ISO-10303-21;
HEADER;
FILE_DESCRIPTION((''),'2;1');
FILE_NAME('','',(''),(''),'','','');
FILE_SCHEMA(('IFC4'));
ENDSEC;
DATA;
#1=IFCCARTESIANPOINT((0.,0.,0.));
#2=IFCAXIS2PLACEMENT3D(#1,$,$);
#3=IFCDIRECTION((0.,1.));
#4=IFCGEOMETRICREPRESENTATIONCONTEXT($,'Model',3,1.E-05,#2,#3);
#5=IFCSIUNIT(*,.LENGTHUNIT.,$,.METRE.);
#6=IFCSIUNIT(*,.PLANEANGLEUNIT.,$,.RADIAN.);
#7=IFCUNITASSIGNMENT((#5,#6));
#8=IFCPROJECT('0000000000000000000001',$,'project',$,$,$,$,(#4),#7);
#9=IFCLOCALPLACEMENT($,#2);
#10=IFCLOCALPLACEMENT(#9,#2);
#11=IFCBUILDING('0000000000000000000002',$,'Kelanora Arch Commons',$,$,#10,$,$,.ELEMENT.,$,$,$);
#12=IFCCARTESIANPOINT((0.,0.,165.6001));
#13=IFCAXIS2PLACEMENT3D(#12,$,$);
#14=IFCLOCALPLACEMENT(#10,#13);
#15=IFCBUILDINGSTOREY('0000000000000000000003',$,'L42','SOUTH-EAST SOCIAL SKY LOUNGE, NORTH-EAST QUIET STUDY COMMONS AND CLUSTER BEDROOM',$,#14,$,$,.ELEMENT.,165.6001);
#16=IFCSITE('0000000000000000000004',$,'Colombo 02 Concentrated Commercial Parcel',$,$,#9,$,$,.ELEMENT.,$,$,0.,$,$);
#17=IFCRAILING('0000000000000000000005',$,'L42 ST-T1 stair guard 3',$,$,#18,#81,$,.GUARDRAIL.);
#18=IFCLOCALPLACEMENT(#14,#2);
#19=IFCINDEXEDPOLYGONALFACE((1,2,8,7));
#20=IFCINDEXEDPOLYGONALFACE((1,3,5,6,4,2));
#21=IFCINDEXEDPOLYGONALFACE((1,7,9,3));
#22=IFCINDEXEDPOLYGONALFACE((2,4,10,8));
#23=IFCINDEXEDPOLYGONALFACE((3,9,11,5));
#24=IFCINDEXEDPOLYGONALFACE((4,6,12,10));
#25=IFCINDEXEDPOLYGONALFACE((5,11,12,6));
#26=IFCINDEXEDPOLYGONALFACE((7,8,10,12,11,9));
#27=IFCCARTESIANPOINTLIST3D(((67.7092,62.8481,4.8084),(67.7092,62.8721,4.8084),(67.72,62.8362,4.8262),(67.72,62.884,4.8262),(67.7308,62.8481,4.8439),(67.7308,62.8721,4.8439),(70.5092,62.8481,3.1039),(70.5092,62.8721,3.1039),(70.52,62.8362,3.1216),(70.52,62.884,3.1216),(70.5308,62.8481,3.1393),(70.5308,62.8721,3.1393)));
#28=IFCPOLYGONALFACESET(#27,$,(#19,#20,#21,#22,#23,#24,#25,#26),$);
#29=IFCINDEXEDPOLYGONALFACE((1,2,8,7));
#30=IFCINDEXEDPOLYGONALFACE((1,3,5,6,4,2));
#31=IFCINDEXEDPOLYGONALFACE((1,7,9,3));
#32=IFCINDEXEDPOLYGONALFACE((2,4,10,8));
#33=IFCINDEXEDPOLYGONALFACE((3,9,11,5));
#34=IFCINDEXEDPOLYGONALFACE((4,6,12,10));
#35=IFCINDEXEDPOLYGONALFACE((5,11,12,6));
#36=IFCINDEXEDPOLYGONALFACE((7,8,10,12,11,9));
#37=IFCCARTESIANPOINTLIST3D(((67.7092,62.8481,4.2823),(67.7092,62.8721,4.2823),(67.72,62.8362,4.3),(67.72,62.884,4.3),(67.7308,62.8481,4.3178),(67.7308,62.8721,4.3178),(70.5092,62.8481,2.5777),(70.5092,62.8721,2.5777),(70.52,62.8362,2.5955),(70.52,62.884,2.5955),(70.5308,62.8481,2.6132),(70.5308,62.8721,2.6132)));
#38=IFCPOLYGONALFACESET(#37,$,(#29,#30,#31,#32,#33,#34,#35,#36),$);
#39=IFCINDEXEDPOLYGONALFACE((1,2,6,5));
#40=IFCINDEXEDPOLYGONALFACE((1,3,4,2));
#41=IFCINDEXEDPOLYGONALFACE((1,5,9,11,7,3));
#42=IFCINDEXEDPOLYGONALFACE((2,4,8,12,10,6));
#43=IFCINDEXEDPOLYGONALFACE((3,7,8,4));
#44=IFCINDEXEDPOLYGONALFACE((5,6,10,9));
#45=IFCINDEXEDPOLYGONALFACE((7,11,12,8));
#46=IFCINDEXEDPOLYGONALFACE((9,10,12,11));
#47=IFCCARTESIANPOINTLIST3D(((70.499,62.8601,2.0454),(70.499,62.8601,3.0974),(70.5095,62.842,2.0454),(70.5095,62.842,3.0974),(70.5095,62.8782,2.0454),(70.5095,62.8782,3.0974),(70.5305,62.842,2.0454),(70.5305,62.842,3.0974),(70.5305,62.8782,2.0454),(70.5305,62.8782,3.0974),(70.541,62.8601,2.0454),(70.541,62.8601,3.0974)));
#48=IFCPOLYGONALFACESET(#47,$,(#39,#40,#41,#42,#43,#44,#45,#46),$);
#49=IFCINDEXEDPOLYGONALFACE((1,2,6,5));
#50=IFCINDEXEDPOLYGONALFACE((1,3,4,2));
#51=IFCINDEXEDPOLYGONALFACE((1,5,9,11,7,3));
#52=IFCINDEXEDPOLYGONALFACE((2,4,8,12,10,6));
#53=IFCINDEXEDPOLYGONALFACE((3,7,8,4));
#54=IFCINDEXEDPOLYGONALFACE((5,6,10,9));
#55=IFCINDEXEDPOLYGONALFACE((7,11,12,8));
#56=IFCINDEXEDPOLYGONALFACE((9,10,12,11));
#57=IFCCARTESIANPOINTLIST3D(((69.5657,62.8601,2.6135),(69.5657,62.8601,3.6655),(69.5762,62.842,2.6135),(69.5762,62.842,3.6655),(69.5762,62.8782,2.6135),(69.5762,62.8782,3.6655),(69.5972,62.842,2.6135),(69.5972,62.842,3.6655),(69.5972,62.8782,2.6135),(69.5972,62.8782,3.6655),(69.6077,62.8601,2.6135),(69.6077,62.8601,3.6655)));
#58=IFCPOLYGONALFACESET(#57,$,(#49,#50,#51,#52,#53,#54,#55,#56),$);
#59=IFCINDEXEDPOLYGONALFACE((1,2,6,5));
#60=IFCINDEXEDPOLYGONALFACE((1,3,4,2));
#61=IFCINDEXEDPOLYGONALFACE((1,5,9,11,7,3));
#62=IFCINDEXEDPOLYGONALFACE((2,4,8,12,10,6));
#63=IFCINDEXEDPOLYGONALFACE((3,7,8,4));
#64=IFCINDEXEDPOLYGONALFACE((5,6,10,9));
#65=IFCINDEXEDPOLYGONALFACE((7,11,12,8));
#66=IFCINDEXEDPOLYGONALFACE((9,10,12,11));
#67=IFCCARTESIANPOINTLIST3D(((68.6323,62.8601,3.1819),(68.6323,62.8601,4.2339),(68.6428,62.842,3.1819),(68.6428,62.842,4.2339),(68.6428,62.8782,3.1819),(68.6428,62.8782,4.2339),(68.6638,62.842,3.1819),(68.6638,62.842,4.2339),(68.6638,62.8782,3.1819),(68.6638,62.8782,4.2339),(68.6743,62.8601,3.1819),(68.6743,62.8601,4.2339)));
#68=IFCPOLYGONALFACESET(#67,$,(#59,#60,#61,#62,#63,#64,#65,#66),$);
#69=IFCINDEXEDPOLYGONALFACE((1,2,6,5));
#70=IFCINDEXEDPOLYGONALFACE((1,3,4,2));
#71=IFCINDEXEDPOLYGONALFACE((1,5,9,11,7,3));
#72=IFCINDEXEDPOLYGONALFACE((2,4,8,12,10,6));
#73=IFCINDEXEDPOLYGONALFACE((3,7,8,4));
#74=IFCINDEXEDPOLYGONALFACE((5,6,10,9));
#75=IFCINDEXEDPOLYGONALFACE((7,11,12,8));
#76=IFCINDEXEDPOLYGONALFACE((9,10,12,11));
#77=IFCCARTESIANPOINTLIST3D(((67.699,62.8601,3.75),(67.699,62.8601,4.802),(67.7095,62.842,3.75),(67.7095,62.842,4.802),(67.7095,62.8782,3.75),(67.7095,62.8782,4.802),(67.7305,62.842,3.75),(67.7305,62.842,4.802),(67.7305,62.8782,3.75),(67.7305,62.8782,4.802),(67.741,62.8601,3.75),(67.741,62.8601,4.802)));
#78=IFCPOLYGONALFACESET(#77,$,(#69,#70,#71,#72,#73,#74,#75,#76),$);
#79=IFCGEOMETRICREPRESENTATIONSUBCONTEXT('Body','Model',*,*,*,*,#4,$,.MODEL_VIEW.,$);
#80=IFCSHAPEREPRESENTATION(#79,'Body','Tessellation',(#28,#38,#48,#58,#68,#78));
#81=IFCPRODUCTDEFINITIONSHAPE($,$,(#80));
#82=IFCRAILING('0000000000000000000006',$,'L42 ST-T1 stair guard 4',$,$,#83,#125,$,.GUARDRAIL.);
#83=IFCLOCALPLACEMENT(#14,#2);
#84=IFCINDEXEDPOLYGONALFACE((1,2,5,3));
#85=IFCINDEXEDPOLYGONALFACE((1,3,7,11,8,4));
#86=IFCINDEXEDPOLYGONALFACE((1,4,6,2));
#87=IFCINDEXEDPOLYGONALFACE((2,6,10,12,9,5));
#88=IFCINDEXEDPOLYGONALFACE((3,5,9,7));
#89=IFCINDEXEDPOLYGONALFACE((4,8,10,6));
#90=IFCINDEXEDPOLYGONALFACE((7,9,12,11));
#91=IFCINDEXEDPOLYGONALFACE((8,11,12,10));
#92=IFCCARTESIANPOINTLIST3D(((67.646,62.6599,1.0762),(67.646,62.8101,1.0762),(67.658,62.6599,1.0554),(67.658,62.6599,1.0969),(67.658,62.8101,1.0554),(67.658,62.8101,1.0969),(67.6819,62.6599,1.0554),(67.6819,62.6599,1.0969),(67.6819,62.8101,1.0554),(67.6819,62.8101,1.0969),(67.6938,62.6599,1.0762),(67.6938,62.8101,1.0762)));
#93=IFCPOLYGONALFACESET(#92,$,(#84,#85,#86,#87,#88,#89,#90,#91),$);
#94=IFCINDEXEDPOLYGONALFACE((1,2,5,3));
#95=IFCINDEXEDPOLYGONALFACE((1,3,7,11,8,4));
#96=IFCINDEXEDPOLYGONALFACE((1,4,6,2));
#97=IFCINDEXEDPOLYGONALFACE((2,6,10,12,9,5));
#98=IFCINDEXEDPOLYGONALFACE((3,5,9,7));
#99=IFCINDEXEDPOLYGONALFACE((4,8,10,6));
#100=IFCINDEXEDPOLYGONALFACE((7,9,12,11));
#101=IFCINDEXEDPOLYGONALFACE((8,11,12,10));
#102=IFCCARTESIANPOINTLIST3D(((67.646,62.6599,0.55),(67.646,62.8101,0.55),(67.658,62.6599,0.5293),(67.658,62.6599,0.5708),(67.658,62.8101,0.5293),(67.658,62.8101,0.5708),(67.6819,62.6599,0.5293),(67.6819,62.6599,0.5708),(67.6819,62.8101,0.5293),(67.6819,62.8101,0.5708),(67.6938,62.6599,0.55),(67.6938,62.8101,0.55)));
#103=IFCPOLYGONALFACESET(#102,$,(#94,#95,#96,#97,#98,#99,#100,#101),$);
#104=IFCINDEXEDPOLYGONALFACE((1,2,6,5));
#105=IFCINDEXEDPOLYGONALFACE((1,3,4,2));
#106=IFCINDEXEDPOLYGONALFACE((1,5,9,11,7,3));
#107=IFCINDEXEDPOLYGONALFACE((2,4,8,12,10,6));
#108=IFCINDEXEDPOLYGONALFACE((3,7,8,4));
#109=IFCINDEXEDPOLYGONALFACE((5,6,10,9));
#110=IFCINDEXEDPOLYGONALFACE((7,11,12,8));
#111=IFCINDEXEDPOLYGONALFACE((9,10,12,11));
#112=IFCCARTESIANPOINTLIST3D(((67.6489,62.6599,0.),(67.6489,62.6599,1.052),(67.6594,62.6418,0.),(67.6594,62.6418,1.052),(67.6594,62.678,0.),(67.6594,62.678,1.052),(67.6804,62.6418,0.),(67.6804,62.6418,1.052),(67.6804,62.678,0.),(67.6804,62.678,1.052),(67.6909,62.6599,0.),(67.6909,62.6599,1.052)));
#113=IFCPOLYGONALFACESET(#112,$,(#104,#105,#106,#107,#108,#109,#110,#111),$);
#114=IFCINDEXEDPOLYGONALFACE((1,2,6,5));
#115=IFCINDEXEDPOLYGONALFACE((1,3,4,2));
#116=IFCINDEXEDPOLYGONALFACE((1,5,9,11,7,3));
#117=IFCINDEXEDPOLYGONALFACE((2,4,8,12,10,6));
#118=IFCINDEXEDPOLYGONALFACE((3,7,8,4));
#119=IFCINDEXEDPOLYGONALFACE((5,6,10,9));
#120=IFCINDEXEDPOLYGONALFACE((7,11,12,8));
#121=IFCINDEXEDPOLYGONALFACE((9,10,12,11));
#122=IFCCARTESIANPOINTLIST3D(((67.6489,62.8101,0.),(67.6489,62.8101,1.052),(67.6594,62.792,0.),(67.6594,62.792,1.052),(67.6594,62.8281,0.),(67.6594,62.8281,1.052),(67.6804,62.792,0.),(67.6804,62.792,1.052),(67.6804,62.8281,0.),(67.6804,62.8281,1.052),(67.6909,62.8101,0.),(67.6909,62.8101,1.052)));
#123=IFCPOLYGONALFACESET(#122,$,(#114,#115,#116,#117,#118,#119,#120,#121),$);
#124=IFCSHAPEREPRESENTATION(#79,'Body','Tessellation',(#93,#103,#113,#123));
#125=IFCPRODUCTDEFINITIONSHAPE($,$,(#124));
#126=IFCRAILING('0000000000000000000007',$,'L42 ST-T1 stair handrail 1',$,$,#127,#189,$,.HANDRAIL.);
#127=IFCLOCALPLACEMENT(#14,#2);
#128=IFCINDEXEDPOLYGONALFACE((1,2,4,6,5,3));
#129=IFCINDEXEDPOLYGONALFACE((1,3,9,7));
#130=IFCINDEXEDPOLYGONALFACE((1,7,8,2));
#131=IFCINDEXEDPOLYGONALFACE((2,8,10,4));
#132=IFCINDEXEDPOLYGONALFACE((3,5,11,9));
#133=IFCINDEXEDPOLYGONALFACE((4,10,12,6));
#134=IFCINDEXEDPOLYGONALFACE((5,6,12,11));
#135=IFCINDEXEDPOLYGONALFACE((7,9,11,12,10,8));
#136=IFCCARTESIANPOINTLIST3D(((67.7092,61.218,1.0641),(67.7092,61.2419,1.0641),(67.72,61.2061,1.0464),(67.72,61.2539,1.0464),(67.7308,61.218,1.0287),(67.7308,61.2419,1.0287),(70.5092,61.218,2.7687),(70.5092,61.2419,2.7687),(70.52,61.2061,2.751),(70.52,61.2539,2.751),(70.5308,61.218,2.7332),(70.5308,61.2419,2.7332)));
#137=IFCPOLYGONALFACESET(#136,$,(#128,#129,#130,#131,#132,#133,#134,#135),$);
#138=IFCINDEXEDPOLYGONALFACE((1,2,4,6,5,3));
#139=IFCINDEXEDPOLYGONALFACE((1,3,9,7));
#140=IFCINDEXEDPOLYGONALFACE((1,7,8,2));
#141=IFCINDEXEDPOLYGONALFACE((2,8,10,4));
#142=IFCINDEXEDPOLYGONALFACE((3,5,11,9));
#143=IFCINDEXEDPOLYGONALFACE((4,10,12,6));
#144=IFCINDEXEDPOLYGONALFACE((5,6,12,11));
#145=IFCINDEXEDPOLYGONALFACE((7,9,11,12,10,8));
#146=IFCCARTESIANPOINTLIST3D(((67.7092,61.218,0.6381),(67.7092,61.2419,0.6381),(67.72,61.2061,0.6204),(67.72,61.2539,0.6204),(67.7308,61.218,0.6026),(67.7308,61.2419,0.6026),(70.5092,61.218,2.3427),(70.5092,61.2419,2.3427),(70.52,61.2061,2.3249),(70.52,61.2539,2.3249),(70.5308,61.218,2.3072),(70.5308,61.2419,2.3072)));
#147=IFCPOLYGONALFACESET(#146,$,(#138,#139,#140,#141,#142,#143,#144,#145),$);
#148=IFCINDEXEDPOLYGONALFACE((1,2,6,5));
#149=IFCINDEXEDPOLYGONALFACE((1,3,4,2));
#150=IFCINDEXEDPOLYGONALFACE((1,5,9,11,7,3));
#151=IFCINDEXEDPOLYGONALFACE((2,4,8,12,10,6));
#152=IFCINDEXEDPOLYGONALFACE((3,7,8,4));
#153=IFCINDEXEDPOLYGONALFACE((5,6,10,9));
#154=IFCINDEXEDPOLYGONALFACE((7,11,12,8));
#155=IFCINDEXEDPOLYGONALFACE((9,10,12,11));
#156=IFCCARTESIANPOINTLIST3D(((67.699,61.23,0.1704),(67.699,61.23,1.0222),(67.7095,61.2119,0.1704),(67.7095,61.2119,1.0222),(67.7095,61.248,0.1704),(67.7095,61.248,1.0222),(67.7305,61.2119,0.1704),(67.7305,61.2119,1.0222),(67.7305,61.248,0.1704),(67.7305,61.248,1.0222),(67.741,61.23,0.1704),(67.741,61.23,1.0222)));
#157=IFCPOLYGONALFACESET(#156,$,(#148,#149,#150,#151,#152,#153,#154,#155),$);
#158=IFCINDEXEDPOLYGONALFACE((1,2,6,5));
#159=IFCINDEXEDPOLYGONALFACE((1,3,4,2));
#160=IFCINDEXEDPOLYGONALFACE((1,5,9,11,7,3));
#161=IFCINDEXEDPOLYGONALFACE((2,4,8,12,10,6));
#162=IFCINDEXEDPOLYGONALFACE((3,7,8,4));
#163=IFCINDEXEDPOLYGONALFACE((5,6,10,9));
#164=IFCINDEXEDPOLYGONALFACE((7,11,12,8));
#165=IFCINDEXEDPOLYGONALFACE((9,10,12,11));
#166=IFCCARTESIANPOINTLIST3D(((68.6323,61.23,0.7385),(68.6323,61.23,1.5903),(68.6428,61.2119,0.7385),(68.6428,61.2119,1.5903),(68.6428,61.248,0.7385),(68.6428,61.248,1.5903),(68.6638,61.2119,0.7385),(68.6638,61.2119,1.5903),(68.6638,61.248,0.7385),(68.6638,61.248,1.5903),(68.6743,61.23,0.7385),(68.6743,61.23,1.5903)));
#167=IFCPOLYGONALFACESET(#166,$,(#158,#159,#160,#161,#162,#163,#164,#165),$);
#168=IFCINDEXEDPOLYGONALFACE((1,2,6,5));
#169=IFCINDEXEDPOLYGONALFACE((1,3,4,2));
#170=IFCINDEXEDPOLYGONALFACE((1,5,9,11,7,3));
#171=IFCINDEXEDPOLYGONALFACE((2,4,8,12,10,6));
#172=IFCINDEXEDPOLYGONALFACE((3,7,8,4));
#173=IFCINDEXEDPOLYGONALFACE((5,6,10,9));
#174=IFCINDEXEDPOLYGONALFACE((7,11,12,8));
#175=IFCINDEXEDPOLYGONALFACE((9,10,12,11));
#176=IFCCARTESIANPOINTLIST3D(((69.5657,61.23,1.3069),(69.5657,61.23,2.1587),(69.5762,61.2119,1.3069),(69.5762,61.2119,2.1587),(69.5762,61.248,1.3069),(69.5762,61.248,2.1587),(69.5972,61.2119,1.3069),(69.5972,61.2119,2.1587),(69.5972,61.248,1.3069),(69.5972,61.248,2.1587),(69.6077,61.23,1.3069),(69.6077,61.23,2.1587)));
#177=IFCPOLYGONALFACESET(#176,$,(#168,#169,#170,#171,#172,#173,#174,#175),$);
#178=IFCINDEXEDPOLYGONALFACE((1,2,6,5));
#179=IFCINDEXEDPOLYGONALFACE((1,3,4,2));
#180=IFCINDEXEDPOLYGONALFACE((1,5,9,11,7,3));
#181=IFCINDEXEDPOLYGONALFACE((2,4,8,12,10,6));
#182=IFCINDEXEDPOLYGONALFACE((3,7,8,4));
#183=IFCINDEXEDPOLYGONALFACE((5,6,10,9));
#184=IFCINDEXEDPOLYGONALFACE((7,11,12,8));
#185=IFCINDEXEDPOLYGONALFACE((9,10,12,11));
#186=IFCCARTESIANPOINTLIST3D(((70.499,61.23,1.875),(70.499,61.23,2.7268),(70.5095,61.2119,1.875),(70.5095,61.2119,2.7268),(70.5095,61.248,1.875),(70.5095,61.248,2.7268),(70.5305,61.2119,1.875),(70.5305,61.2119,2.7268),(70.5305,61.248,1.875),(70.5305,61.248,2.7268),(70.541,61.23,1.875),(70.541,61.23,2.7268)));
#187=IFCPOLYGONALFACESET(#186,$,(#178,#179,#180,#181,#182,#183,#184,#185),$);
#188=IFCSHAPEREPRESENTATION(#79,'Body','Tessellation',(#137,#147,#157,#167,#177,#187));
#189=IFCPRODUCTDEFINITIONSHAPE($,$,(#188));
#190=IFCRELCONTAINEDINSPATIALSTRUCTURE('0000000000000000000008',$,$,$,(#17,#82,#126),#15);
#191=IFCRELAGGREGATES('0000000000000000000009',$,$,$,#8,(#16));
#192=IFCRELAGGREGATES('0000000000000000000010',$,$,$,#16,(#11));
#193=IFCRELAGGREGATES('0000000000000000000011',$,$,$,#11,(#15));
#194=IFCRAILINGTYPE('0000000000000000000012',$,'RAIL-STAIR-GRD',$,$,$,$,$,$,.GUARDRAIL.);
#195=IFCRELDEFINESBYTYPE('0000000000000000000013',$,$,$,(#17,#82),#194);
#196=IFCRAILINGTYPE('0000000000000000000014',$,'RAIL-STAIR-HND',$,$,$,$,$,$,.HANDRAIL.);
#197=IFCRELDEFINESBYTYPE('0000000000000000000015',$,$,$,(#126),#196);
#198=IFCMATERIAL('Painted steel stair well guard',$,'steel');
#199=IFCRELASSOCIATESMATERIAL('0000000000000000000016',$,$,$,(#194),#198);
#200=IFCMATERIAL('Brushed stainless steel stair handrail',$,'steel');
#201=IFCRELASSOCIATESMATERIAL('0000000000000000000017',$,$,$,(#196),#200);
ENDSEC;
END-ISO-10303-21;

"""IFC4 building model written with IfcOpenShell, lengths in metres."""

from ifc_helpers import new_model, si_unit, direction, frame, origin, place, context, subcontext, project, spatial, polyline, outline, extrude, material, type_object, element, save


model = new_model("IFC4")

# Units and contexts
model_context = context("Model", 3, precision=1e-05, world=origin(), true_north=direction((0.0, 1.0)))
body_context = subcontext(model_context, "Body", "Model", "MODEL_VIEW")
ifc_project = project(units=[si_unit("LENGTHUNIT", "METRE"), si_unit("PLANEANGLEUNIT", "RADIAN")], contexts=[model_context])

# Site, building, storey
site_placement = place(None, origin())
site = spatial("IfcSite", under=ifc_project, at=site_placement, Name="Colombo 02 Concentrated Commercial Parcel", CompositionType="ELEMENT", RefElevation=0.0)
building_placement = place(site_placement, origin())
building = spatial("IfcBuilding", under=site, at=building_placement, Name="Kelanora Arch Commons", CompositionType="ELEMENT")
storey_placement = place(building_placement, frame((0.0, 0.0, 165.6001)))
storey = spatial("IfcBuildingStorey", under=building, at=storey_placement, Name="L42", Description="SOUTH-EAST SOCIAL SKY LOUNGE, NORTH-EAST QUIET STUDY COMMONS AND CLUSTER BEDROOM", CompositionType="ELEMENT", Elevation=165.6001)

# Railings
ifc_material_1 = material(Name="Painted steel stair well guard", Category="steel")
railing_type_1 = type_object("IfcRailingType", Name="RAIL-STAIR-GRD", PredefinedType="GUARDRAIL", material=ifc_material_1)
railing_1_placement = place(storey_placement, frame((70.52, 62.8601, 2.0454)))
element("IfcRailing", 1, at=railing_1_placement, inside=storey, type_object=railing_type_1, Name="L42 ST-T1 stair guard 3", PredefinedType="GUARDRAIL", context=body_context, shape_type="SweptSolid", body=[
    extrude(outline(polyline([(0.0239, 0.0), (0.012, 0.0208), (-0.012, 0.0208), (-0.0239, 0.0), (-0.012, -0.0208), (0.012, -0.0208), (0.0239, 0.0)])), frame((0.0, 0.0, 1.0762), z_axis=(-0.85417, 0.0, 0.519994), x_axis=(0.0, -1.0, 0.0)), (0.0, 0.0, 1.0), 3.2781),
    extrude(outline(polyline([(0.0239, 0.0), (0.012, 0.0208), (-0.012, 0.0208), (-0.0239, 0.0), (-0.012, -0.0208), (0.012, -0.0208), (0.0239, 0.0)])), frame((0.0, 0.0, 0.55), z_axis=(-0.85417, 0.0, 0.519994), x_axis=(0.0, -1.0, 0.0)), (0.0, 0.0, 1.0), 3.2781),
    extrude(outline(polyline([(0.021, 0.0), (0.0105, 0.0181), (-0.0105, 0.0181), (-0.021, 0.0), (-0.0105, -0.0181), (0.0105, -0.0181), (0.021, 0.0)])), origin(), (0.0, 0.0, 1.0), 1.052),
    extrude(outline(polyline([(0.021, 0.0), (0.0105, 0.0181), (-0.0105, 0.0181), (-0.021, 0.0), (-0.0105, -0.0181), (0.0105, -0.0181), (0.021, 0.0)])), frame((-0.9333, 0.0, 0.5681)), (0.0, 0.0, 1.0), 1.052),
    extrude(outline(polyline([(0.021, 0.0), (0.0105, 0.0181), (-0.0105, 0.0181), (-0.021, 0.0), (-0.0105, -0.0181), (0.0105, -0.0181), (0.021, 0.0)])), frame((-1.8667, 0.0, 1.1365)), (0.0, 0.0, 1.0), 1.052),
    extrude(outline(polyline([(0.021, 0.0), (0.0105, 0.0181), (-0.0105, 0.0181), (-0.021, 0.0), (-0.0105, -0.0181), (0.0105, -0.0181), (0.021, 0.0)])), frame((-2.8, 0.0, 1.7046)), (0.0, 0.0, 1.0), 1.052),
])
railing_2_placement = place(storey_placement, frame((67.6699, 62.6599, 0.0)))
element("IfcRailing", 2, at=railing_2_placement, inside=storey, type_object=railing_type_1, Name="L42 ST-T1 stair guard 4", PredefinedType="GUARDRAIL", context=body_context, shape_type="SweptSolid", body=[
    extrude(outline(polyline([(0.0239, 0.0), (0.012, 0.0208), (-0.012, 0.0208), (-0.0239, 0.0), (-0.012, -0.0208), (0.012, -0.0208), (0.0239, 0.0)])), frame((0.0, 0.0, 1.0762), z_axis=(0.0, 1.0, 0.0), x_axis=(-1.0, 0.0, 0.0)), (0.0, 0.0, 1.0), 0.1501),
    extrude(outline(polyline([(0.0239, 0.0), (0.012, 0.0208), (-0.012, 0.0208), (-0.0239, 0.0), (-0.012, -0.0208), (0.012, -0.0208), (0.0239, 0.0)])), frame((0.0, 0.0, 0.55), z_axis=(0.0, 1.0, 0.0), x_axis=(-1.0, 0.0, 0.0)), (0.0, 0.0, 1.0), 0.1501),
    extrude(outline(polyline([(0.021, 0.0), (0.0105, 0.0181), (-0.0105, 0.0181), (-0.021, 0.0), (-0.0105, -0.0181), (0.0105, -0.0181), (0.021, 0.0)])), origin(), (0.0, 0.0, 1.0), 1.052),
    extrude(outline(polyline([(0.021, 0.0), (0.0105, 0.0181), (-0.0105, 0.0181), (-0.021, 0.0), (-0.0105, -0.0181), (0.0105, -0.0181), (0.021, 0.0)])), frame((0.0, 0.1501, 0.0)), (0.0, 0.0, 1.0), 1.052),
])
ifc_material_2 = material(Name="Brushed stainless steel stair handrail", Category="steel")
railing_type_2 = type_object("IfcRailingType", Name="RAIL-STAIR-HND", PredefinedType="HANDRAIL", material=ifc_material_2)
railing_3_placement = place(storey_placement, frame((67.72, 61.23, 0.1704)))
element("IfcRailing", 3, at=railing_3_placement, inside=storey, type_object=railing_type_2, Name="L42 ST-T1 stair handrail 1", PredefinedType="HANDRAIL", context=body_context, shape_type="SweptSolid", body=[
    extrude(outline(polyline([(0.0239, 0.0), (0.012, 0.0208), (-0.012, 0.0208), (-0.0239, 0.0), (-0.012, -0.0208), (0.012, -0.0208), (0.0239, 0.0)])), frame((0.0, 0.0, 0.876), z_axis=(0.85417, 0.0, 0.519994), x_axis=(0.0, 1.0, 0.0)), (0.0, 0.0, 1.0), 3.2781),
    extrude(outline(polyline([(0.0239, 0.0), (0.012, 0.0208), (-0.012, 0.0208), (-0.0239, 0.0), (-0.012, -0.0208), (0.012, -0.0208), (0.0239, 0.0)])), frame((0.0, 0.0, 0.45), z_axis=(0.85417, 0.0, 0.519994), x_axis=(0.0, 1.0, 0.0)), (0.0, 0.0, 1.0), 3.2781),
    extrude(outline(polyline([(0.021, 0.0), (0.0105, 0.0181), (-0.0105, 0.0181), (-0.021, 0.0), (-0.0105, -0.0181), (0.0105, -0.0181), (0.021, 0.0)])), origin(), (0.0, 0.0, 1.0), 0.8518),
    extrude(outline(polyline([(0.021, 0.0), (0.0105, 0.0181), (-0.0105, 0.0181), (-0.021, 0.0), (-0.0105, -0.0181), (0.0105, -0.0181), (0.021, 0.0)])), frame((0.9333, 0.0, 0.5681)), (0.0, 0.0, 1.0), 0.8518),
    extrude(outline(polyline([(0.021, 0.0), (0.0105, 0.0181), (-0.0105, 0.0181), (-0.021, 0.0), (-0.0105, -0.0181), (0.0105, -0.0181), (0.021, 0.0)])), frame((1.8667, 0.0, 1.1365)), (0.0, 0.0, 1.0), 0.8518),
    extrude(outline(polyline([(0.021, 0.0), (0.0105, 0.0181), (-0.0105, 0.0181), (-0.021, 0.0), (-0.0105, -0.0181), (0.0105, -0.0181), (0.021, 0.0)])), frame((2.8, 0.0, 1.7046)), (0.0, 0.0, 1.0), 0.8518),
])

save(model, "model.ifc")
